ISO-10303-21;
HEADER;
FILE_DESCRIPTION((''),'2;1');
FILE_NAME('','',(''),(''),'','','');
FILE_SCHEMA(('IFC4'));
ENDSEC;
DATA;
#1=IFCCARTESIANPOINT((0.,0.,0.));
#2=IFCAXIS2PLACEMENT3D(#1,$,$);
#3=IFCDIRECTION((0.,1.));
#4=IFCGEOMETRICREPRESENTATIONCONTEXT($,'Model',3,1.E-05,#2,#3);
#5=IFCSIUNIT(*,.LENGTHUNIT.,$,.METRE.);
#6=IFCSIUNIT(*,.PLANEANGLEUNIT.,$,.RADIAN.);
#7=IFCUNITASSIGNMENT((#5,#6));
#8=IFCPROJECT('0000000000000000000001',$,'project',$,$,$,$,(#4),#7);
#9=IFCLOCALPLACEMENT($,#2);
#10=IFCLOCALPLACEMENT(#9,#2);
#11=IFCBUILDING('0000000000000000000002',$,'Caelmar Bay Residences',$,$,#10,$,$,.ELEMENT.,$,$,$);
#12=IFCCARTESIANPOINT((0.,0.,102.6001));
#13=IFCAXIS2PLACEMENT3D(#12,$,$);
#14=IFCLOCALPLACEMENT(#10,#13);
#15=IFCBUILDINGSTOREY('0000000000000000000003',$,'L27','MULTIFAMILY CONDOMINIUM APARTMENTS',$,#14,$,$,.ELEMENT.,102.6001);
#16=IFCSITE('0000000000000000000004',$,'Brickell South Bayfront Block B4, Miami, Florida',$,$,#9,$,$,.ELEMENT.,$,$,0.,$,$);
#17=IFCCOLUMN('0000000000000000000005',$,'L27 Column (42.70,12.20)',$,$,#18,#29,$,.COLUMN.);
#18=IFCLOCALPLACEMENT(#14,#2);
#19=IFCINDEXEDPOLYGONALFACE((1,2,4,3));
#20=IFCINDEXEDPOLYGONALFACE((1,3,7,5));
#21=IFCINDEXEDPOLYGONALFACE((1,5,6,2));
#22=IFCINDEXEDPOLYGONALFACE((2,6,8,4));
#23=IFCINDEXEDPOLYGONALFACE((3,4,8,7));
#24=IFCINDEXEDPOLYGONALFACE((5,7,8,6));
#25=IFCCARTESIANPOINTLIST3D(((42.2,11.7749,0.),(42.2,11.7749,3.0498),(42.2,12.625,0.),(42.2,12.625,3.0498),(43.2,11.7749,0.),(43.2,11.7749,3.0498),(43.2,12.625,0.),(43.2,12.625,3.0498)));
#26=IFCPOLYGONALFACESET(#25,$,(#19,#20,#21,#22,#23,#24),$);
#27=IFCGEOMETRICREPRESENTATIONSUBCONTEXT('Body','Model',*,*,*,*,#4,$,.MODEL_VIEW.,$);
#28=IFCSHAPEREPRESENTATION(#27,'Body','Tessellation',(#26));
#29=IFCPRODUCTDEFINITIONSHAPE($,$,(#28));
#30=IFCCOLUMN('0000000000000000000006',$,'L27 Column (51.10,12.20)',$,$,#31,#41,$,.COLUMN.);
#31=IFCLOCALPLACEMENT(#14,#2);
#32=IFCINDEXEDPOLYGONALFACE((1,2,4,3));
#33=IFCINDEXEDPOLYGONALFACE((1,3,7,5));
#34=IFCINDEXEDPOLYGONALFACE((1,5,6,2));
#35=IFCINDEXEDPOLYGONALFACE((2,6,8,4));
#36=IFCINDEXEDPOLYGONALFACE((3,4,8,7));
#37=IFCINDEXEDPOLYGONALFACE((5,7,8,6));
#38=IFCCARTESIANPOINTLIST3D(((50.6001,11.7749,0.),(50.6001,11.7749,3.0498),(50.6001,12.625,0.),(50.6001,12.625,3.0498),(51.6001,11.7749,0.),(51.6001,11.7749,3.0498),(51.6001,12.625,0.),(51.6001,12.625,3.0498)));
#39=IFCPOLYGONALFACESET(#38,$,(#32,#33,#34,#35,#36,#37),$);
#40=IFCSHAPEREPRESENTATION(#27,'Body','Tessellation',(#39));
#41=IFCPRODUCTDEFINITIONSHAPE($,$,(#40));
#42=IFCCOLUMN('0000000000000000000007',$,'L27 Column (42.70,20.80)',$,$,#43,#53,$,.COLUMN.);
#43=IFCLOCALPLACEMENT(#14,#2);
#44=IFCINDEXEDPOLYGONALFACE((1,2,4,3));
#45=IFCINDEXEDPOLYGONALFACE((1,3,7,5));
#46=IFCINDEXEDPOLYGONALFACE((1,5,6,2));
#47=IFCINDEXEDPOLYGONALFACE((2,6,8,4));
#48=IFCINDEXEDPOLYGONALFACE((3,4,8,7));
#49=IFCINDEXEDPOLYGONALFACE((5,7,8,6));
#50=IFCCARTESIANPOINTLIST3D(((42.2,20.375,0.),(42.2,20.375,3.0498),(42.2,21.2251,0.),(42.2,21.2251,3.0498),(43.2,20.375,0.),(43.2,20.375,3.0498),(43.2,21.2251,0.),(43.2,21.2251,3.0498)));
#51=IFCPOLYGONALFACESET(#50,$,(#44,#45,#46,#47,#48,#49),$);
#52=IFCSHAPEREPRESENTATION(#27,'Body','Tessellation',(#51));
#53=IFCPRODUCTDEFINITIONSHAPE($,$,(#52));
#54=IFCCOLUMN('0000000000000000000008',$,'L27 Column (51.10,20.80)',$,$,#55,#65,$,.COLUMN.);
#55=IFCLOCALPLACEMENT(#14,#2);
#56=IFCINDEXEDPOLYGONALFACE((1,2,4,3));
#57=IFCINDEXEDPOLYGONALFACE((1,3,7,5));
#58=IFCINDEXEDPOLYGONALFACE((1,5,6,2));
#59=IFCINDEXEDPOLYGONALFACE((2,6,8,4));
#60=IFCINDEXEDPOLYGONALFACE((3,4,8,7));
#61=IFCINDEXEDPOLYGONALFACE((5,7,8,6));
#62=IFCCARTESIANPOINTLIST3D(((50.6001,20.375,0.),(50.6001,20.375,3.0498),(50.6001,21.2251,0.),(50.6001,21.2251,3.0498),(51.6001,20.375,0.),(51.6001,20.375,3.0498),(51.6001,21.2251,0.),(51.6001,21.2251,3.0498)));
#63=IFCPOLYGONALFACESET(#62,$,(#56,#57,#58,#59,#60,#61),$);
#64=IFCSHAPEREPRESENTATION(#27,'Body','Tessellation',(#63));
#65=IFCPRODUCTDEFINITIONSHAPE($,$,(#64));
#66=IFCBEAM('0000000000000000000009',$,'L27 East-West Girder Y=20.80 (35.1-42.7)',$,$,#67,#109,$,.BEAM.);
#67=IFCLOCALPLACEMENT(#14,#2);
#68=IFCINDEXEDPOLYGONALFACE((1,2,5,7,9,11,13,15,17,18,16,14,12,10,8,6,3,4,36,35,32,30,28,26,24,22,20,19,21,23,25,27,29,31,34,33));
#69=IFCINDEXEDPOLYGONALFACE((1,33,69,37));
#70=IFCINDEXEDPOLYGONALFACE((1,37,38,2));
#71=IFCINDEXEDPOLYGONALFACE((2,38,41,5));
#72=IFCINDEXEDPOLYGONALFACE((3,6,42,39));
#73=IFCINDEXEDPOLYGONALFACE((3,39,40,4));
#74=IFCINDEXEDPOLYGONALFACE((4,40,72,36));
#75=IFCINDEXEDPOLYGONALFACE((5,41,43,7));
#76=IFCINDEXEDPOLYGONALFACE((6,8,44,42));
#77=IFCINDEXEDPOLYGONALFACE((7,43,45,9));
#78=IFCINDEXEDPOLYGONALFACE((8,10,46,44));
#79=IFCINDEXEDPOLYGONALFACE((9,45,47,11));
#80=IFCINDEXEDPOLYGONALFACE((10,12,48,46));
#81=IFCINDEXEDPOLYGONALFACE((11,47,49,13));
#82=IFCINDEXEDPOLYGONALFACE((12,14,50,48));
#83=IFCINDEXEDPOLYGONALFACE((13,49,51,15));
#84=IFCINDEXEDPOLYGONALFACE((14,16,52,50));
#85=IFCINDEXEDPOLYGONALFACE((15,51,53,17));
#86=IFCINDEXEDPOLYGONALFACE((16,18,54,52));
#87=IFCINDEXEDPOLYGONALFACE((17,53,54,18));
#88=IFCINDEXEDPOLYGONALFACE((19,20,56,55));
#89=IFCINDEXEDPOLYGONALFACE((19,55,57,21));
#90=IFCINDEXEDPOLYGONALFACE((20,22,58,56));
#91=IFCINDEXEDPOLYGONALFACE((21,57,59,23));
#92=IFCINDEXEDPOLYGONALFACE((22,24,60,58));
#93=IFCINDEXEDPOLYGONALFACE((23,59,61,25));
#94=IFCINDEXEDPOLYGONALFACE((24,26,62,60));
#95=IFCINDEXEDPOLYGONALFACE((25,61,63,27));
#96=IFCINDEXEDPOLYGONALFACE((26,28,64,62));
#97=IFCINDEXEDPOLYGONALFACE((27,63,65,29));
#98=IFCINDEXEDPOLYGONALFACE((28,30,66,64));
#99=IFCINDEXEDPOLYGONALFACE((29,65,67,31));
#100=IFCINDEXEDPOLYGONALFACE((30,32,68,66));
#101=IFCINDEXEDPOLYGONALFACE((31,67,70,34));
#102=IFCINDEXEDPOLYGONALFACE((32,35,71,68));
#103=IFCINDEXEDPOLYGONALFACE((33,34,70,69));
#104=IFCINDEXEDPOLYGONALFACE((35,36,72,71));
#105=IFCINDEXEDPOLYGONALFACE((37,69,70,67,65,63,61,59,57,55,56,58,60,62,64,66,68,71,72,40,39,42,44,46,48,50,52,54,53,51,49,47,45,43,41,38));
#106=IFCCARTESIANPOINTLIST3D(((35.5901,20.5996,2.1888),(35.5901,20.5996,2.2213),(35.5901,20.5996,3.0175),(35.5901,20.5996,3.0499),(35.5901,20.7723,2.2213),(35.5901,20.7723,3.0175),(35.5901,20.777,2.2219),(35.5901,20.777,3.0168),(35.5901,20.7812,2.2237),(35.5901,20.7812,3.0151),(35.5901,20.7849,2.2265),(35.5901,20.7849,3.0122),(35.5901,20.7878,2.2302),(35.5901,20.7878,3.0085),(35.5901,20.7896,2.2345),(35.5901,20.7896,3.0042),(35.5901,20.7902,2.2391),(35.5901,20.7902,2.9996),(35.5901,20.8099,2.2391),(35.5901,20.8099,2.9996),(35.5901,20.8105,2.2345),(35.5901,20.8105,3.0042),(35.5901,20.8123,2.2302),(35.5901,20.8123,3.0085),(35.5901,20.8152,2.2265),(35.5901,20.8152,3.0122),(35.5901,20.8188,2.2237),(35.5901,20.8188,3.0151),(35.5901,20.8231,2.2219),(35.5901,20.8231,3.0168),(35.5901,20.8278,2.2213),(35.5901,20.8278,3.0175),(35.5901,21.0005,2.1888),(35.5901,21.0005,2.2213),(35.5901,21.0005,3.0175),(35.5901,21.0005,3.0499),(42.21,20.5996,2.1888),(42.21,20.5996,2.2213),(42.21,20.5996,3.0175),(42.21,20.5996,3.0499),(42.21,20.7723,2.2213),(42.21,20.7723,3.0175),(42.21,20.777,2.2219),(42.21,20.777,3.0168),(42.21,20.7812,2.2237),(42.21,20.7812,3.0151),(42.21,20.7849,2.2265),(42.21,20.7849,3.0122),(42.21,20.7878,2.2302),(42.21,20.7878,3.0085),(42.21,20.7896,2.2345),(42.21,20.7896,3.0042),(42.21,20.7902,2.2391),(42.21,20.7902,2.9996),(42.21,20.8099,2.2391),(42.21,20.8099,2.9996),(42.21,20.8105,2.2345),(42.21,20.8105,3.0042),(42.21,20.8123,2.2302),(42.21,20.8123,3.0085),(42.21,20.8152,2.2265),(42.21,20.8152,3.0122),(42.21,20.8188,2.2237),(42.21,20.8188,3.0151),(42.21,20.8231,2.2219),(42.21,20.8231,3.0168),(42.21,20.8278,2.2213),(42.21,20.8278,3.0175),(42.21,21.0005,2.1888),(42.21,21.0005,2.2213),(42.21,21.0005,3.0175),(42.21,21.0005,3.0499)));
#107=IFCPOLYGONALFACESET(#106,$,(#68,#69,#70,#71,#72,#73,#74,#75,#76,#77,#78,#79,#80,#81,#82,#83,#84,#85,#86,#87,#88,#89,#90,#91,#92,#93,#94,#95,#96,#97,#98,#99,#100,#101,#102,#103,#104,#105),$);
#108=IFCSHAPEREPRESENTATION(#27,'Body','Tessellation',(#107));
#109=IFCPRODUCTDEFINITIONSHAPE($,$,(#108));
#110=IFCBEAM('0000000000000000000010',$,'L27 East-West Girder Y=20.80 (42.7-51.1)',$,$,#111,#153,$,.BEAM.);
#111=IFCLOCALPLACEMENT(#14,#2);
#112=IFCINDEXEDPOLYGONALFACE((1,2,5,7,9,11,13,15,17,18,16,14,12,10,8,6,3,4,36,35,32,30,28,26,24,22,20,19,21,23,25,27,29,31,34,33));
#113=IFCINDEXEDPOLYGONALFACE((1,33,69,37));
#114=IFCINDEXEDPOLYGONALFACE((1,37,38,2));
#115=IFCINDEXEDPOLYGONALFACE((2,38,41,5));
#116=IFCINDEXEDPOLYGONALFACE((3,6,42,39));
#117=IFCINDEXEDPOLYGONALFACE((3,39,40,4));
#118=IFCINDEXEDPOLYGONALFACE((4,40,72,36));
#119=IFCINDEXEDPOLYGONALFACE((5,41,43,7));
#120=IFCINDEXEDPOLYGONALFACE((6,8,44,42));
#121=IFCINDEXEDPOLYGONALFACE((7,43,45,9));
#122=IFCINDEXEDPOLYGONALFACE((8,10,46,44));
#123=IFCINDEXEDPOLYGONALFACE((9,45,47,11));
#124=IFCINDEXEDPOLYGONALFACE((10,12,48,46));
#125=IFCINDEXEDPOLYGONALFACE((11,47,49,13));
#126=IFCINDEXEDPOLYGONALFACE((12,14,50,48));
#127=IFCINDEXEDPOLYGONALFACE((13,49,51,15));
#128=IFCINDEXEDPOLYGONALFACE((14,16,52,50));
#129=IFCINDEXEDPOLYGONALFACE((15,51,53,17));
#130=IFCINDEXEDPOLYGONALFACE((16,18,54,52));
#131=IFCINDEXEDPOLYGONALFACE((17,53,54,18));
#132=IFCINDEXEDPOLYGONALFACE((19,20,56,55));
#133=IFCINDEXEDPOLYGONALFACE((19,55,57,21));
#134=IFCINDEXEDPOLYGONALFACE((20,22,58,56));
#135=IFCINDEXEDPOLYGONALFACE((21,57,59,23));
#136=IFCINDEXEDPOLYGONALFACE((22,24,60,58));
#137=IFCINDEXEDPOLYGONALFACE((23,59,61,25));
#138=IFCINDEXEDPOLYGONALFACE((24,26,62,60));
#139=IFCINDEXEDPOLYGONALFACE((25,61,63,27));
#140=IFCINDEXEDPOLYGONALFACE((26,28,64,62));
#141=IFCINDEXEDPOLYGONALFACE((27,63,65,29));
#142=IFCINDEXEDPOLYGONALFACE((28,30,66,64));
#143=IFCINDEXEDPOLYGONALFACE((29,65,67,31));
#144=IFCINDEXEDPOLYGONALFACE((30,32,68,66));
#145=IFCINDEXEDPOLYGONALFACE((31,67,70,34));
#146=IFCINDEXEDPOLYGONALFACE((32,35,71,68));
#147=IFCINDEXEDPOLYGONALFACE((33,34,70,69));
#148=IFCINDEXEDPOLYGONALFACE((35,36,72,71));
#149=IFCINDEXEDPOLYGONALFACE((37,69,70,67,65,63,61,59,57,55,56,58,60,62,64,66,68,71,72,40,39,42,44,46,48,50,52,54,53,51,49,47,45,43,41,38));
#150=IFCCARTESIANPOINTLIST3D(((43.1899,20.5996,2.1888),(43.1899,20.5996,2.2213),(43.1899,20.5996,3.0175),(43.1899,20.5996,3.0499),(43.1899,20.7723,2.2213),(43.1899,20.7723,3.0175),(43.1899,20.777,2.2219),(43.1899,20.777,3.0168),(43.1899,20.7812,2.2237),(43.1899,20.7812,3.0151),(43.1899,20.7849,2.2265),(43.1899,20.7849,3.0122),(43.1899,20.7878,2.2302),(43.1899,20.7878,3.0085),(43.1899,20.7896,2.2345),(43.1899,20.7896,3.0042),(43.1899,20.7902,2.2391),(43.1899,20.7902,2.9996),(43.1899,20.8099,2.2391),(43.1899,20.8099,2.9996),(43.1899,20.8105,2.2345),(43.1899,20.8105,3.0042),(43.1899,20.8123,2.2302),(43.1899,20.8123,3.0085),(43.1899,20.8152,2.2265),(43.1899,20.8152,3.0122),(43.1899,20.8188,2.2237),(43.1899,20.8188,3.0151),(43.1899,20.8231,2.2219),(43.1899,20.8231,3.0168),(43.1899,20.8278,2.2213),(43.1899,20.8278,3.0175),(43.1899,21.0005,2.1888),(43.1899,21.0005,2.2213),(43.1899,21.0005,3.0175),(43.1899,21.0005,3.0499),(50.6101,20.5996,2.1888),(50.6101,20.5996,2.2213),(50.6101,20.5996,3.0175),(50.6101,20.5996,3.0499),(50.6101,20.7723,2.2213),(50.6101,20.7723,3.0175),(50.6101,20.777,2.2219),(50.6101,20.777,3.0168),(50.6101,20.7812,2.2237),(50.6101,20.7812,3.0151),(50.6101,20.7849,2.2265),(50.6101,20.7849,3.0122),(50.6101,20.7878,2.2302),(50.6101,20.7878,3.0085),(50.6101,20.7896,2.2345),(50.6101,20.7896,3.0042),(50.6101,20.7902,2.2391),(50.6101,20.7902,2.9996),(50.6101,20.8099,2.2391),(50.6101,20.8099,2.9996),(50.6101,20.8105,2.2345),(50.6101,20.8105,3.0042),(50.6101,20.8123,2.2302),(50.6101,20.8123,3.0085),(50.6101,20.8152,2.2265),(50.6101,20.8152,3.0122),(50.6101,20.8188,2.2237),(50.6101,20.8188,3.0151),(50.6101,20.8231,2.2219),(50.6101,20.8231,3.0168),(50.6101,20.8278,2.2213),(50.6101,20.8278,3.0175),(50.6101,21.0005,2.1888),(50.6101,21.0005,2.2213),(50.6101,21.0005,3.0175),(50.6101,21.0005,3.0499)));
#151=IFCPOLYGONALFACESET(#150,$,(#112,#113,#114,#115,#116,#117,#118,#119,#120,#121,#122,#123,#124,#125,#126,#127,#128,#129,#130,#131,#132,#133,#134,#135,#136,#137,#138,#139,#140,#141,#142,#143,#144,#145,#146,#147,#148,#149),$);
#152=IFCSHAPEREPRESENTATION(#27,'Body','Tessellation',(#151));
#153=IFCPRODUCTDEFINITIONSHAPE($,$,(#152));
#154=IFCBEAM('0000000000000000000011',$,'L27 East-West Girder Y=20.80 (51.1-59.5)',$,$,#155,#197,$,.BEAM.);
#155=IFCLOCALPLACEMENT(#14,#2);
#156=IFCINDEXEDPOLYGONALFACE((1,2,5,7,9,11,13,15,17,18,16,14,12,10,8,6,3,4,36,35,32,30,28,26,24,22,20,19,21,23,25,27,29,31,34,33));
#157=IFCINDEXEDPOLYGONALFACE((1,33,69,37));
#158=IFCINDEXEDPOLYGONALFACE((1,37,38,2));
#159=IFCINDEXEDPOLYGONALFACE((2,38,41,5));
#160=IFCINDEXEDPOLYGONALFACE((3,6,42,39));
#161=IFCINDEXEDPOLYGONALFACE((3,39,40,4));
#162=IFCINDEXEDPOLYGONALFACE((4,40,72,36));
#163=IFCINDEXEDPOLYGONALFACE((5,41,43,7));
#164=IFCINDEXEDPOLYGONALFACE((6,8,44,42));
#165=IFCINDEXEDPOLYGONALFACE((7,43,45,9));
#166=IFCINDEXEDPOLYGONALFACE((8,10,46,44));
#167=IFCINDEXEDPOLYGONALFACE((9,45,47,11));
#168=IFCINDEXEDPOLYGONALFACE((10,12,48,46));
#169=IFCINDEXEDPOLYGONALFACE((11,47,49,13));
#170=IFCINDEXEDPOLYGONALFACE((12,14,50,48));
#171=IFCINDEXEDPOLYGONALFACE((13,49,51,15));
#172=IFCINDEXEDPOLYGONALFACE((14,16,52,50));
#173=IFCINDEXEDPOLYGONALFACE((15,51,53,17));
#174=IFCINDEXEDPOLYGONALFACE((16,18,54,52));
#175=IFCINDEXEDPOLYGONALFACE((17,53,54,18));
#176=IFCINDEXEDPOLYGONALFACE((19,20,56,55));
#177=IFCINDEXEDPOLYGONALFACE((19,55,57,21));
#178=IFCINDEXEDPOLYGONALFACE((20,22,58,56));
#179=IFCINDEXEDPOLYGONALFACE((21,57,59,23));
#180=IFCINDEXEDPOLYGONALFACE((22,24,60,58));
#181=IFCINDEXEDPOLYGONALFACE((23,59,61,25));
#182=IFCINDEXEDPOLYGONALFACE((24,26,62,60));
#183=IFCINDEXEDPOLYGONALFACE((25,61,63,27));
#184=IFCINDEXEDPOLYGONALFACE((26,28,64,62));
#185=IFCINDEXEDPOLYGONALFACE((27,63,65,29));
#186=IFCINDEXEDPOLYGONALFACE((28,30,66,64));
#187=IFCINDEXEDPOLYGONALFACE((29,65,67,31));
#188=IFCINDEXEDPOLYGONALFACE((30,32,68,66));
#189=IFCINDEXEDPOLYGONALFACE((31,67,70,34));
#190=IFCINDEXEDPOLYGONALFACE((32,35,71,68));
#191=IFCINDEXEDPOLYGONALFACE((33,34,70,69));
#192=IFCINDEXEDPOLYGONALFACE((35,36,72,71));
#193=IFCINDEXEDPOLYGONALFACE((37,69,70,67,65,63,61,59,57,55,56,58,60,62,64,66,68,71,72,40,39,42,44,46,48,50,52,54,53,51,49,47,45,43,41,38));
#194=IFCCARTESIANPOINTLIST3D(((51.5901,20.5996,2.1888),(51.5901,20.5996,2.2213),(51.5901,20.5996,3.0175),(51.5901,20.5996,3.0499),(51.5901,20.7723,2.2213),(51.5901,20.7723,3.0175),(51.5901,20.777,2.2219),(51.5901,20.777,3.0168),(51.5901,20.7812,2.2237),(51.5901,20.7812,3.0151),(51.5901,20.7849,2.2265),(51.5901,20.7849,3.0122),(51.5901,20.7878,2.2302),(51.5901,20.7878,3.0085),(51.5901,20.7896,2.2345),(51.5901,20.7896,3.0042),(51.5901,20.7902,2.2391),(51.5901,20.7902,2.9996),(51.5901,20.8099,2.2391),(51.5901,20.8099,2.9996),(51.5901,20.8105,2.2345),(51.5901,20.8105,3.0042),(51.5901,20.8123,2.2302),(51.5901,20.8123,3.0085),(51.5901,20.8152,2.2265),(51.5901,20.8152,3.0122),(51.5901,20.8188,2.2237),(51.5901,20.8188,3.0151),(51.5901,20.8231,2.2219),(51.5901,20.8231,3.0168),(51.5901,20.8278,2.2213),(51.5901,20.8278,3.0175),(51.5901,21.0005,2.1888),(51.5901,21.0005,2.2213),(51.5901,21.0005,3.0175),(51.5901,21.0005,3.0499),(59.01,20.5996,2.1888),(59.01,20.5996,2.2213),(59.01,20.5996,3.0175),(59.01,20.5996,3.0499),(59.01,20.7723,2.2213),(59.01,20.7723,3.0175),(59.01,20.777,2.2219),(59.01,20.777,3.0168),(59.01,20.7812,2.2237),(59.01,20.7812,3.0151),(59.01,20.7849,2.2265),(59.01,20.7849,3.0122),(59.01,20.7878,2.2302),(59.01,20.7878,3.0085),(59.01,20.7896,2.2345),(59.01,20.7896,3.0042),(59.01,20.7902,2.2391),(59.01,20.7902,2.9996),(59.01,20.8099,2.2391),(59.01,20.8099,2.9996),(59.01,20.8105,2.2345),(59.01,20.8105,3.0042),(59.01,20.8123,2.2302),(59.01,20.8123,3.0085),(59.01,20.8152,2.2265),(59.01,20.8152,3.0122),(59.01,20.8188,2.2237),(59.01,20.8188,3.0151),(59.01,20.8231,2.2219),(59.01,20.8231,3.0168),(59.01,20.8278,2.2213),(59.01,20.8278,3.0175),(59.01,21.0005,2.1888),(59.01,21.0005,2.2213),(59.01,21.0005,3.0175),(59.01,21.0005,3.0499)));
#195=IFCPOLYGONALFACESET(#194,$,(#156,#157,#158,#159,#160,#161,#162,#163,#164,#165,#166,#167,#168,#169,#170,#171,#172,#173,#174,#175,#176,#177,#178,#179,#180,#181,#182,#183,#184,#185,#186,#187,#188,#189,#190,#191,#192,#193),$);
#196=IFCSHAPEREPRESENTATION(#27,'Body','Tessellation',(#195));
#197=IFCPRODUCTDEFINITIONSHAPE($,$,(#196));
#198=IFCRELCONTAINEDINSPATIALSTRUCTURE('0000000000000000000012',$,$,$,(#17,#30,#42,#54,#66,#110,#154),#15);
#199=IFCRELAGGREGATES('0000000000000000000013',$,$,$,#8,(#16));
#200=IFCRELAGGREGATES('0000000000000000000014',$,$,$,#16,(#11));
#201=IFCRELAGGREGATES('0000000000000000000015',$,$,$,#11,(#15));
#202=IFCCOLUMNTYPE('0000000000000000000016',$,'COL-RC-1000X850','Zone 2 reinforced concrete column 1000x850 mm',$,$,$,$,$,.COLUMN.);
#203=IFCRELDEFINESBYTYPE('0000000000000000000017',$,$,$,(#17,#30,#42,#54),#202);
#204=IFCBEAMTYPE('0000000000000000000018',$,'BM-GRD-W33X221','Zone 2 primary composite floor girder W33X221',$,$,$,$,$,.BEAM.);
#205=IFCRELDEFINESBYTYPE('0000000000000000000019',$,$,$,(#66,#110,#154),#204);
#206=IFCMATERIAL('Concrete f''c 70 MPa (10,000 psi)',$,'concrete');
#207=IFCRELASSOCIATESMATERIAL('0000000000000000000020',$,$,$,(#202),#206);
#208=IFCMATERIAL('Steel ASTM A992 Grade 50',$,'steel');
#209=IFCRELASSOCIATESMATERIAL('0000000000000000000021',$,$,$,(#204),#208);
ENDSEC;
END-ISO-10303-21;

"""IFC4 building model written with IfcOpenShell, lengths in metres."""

from ifc_helpers import new_model, si_unit, direction, frame, origin, origin_2d, place, context, subcontext, project, spatial, rectangle, i_section, extrude, material, material_profile, profile_set, type_object, element, save


model = new_model("IFC4")

# Units and contexts
model_context = context("Model", 3, precision=1e-05, world=origin(), true_north=direction((0.0, 1.0)))
body_context = subcontext(model_context, "Body", "Model", "MODEL_VIEW")
ifc_project = project(units=[si_unit("LENGTHUNIT", "METRE"), si_unit("PLANEANGLEUNIT", "RADIAN")], contexts=[model_context])

# Site, building, storey
site_placement = place(None, origin())
site = spatial("IfcSite", under=ifc_project, at=site_placement, Name="Brickell South Bayfront Block B4, Miami, Florida", CompositionType="ELEMENT", RefElevation=0.0)
building_placement = place(site_placement, origin())
building = spatial("IfcBuilding", under=site, at=building_placement, Name="Caelmar Bay Residences", CompositionType="ELEMENT")
storey_placement = place(building_placement, frame((0.0, 0.0, 102.6001)))
storey = spatial("IfcBuildingStorey", under=building, at=storey_placement, Name="L27", Description="MULTIFAMILY CONDOMINIUM APARTMENTS", CompositionType="ELEMENT", Elevation=102.6001)

# Columns
ifc_material_1 = material(Name="Concrete f'c 70 MPa (10,000 psi)", Category="concrete")
ifc_material_profile_1 = material_profile(ifc_material_1, rectangle(XDim=1.0, YDim=0.8501, at=origin_2d()), Name="RC-COL-1000X850")
ifc_profile_set_1 = profile_set([ifc_material_profile_1], Name="Concrete f'c 70 MPa (10,000 psi)")
column_type = type_object("IfcColumnType", Name="COL-RC-1000X850", Description="Zone 2 reinforced concrete column 1000x850 mm", PredefinedType="COLUMN", material=ifc_profile_set_1)
for number, where, z_axis, x_axis, name in (
    (1, (42.7, 12.2, 0.0), (0.0, 0.0, 1.0), (1.0, 0.0, 0.0), "L27 Column (42.70,12.20)"),
    (2, (51.1001, 12.2, 0.0), (0.0, 0.0, 1.0), (1.0, 0.0, 0.0), "L27 Column (51.10,12.20)"),
    (3, (42.7, 20.8, 0.0), (0.0, 0.0, 1.0), (1.0, 0.0, 0.0), "L27 Column (42.70,20.80)"),
    (4, (51.1001, 20.8, 0.0), (0.0, 0.0, 1.0), (1.0, 0.0, 0.0), "L27 Column (51.10,20.80)"),
):
    element("IfcColumn", number, at=place(storey_placement, frame(where, z_axis=z_axis, x_axis=x_axis)), inside=storey, type_object=column_type, Name=name, PredefinedType="COLUMN", context=body_context, shape_type="SweptSolid", body=[
        extrude(rectangle(XDim=1.0, YDim=0.8501, at=origin_2d()), origin(), (0.0, 0.0, 1.0), 3.0498),
    ])

# Beams
ifc_material_2 = material(Name="Steel ASTM A992 Grade 50", Category="steel")
ifc_material_profile_2 = material_profile(ifc_material_2, i_section(OverallWidth=0.4009, OverallDepth=0.8611, WebThickness=0.0198, FlangeThickness=0.0325, FilletRadius=0.0178, at=origin_2d()), Name="W33X221")
ifc_profile_set_2 = profile_set([ifc_material_profile_2], Name="Steel ASTM A992 Grade 50")
beam_type_1 = type_object("IfcBeamType", Name="BM-GRD-W33X221", Description="Zone 2 primary composite floor girder W33X221", PredefinedType="BEAM", material=ifc_profile_set_2)
beam_1_placement = place(storey_placement, frame((35.5901, 20.8, 2.6194), z_axis=(1.0, 0.0, 0.0), x_axis=(0.0, 1.0, 0.0)))
element("IfcBeam", 5, at=beam_1_placement, inside=storey, type_object=beam_type_1, Name="L27 East-West Girder Y=20.80 (35.1-42.7)", PredefinedType="BEAM", context=body_context, shape_type="SweptSolid", body=[
    extrude(i_section(OverallWidth=0.4009, OverallDepth=0.8611, WebThickness=0.0198, FlangeThickness=0.0325, FilletRadius=0.0178, at=origin_2d()), origin(), (0.0, 0.0, 1.0), 6.6199),
])
beam_2_placement = place(storey_placement, frame((43.1899, 20.8, 2.6194), z_axis=(1.0, 0.0, 0.0), x_axis=(0.0, 1.0, 0.0)))
element("IfcBeam", 6, at=beam_2_placement, inside=storey, type_object=beam_type_1, Name="L27 East-West Girder Y=20.80 (42.7-51.1)", PredefinedType="BEAM", context=body_context, shape_type="SweptSolid", body=[
    extrude(i_section(OverallWidth=0.4009, OverallDepth=0.8611, WebThickness=0.0198, FlangeThickness=0.0325, FilletRadius=0.0178, at=origin_2d()), origin(), (0.0, 0.0, 1.0), 7.4202),
])
beam_3_placement = place(storey_placement, frame((51.5901, 20.8, 2.6194), z_axis=(1.0, 0.0, 0.0), x_axis=(0.0, 1.0, 0.0)))
element("IfcBeam", 7, at=beam_3_placement, inside=storey, type_object=beam_type_1, Name="L27 East-West Girder Y=20.80 (51.1-59.5)", PredefinedType="BEAM", context=body_context, shape_type="SweptSolid", body=[
    extrude(i_section(OverallWidth=0.4009, OverallDepth=0.8611, WebThickness=0.0198, FlangeThickness=0.0325, FilletRadius=0.0178, at=origin_2d()), origin(), (0.0, 0.0, 1.0), 7.4199),
])

save(model, "model.ifc")
